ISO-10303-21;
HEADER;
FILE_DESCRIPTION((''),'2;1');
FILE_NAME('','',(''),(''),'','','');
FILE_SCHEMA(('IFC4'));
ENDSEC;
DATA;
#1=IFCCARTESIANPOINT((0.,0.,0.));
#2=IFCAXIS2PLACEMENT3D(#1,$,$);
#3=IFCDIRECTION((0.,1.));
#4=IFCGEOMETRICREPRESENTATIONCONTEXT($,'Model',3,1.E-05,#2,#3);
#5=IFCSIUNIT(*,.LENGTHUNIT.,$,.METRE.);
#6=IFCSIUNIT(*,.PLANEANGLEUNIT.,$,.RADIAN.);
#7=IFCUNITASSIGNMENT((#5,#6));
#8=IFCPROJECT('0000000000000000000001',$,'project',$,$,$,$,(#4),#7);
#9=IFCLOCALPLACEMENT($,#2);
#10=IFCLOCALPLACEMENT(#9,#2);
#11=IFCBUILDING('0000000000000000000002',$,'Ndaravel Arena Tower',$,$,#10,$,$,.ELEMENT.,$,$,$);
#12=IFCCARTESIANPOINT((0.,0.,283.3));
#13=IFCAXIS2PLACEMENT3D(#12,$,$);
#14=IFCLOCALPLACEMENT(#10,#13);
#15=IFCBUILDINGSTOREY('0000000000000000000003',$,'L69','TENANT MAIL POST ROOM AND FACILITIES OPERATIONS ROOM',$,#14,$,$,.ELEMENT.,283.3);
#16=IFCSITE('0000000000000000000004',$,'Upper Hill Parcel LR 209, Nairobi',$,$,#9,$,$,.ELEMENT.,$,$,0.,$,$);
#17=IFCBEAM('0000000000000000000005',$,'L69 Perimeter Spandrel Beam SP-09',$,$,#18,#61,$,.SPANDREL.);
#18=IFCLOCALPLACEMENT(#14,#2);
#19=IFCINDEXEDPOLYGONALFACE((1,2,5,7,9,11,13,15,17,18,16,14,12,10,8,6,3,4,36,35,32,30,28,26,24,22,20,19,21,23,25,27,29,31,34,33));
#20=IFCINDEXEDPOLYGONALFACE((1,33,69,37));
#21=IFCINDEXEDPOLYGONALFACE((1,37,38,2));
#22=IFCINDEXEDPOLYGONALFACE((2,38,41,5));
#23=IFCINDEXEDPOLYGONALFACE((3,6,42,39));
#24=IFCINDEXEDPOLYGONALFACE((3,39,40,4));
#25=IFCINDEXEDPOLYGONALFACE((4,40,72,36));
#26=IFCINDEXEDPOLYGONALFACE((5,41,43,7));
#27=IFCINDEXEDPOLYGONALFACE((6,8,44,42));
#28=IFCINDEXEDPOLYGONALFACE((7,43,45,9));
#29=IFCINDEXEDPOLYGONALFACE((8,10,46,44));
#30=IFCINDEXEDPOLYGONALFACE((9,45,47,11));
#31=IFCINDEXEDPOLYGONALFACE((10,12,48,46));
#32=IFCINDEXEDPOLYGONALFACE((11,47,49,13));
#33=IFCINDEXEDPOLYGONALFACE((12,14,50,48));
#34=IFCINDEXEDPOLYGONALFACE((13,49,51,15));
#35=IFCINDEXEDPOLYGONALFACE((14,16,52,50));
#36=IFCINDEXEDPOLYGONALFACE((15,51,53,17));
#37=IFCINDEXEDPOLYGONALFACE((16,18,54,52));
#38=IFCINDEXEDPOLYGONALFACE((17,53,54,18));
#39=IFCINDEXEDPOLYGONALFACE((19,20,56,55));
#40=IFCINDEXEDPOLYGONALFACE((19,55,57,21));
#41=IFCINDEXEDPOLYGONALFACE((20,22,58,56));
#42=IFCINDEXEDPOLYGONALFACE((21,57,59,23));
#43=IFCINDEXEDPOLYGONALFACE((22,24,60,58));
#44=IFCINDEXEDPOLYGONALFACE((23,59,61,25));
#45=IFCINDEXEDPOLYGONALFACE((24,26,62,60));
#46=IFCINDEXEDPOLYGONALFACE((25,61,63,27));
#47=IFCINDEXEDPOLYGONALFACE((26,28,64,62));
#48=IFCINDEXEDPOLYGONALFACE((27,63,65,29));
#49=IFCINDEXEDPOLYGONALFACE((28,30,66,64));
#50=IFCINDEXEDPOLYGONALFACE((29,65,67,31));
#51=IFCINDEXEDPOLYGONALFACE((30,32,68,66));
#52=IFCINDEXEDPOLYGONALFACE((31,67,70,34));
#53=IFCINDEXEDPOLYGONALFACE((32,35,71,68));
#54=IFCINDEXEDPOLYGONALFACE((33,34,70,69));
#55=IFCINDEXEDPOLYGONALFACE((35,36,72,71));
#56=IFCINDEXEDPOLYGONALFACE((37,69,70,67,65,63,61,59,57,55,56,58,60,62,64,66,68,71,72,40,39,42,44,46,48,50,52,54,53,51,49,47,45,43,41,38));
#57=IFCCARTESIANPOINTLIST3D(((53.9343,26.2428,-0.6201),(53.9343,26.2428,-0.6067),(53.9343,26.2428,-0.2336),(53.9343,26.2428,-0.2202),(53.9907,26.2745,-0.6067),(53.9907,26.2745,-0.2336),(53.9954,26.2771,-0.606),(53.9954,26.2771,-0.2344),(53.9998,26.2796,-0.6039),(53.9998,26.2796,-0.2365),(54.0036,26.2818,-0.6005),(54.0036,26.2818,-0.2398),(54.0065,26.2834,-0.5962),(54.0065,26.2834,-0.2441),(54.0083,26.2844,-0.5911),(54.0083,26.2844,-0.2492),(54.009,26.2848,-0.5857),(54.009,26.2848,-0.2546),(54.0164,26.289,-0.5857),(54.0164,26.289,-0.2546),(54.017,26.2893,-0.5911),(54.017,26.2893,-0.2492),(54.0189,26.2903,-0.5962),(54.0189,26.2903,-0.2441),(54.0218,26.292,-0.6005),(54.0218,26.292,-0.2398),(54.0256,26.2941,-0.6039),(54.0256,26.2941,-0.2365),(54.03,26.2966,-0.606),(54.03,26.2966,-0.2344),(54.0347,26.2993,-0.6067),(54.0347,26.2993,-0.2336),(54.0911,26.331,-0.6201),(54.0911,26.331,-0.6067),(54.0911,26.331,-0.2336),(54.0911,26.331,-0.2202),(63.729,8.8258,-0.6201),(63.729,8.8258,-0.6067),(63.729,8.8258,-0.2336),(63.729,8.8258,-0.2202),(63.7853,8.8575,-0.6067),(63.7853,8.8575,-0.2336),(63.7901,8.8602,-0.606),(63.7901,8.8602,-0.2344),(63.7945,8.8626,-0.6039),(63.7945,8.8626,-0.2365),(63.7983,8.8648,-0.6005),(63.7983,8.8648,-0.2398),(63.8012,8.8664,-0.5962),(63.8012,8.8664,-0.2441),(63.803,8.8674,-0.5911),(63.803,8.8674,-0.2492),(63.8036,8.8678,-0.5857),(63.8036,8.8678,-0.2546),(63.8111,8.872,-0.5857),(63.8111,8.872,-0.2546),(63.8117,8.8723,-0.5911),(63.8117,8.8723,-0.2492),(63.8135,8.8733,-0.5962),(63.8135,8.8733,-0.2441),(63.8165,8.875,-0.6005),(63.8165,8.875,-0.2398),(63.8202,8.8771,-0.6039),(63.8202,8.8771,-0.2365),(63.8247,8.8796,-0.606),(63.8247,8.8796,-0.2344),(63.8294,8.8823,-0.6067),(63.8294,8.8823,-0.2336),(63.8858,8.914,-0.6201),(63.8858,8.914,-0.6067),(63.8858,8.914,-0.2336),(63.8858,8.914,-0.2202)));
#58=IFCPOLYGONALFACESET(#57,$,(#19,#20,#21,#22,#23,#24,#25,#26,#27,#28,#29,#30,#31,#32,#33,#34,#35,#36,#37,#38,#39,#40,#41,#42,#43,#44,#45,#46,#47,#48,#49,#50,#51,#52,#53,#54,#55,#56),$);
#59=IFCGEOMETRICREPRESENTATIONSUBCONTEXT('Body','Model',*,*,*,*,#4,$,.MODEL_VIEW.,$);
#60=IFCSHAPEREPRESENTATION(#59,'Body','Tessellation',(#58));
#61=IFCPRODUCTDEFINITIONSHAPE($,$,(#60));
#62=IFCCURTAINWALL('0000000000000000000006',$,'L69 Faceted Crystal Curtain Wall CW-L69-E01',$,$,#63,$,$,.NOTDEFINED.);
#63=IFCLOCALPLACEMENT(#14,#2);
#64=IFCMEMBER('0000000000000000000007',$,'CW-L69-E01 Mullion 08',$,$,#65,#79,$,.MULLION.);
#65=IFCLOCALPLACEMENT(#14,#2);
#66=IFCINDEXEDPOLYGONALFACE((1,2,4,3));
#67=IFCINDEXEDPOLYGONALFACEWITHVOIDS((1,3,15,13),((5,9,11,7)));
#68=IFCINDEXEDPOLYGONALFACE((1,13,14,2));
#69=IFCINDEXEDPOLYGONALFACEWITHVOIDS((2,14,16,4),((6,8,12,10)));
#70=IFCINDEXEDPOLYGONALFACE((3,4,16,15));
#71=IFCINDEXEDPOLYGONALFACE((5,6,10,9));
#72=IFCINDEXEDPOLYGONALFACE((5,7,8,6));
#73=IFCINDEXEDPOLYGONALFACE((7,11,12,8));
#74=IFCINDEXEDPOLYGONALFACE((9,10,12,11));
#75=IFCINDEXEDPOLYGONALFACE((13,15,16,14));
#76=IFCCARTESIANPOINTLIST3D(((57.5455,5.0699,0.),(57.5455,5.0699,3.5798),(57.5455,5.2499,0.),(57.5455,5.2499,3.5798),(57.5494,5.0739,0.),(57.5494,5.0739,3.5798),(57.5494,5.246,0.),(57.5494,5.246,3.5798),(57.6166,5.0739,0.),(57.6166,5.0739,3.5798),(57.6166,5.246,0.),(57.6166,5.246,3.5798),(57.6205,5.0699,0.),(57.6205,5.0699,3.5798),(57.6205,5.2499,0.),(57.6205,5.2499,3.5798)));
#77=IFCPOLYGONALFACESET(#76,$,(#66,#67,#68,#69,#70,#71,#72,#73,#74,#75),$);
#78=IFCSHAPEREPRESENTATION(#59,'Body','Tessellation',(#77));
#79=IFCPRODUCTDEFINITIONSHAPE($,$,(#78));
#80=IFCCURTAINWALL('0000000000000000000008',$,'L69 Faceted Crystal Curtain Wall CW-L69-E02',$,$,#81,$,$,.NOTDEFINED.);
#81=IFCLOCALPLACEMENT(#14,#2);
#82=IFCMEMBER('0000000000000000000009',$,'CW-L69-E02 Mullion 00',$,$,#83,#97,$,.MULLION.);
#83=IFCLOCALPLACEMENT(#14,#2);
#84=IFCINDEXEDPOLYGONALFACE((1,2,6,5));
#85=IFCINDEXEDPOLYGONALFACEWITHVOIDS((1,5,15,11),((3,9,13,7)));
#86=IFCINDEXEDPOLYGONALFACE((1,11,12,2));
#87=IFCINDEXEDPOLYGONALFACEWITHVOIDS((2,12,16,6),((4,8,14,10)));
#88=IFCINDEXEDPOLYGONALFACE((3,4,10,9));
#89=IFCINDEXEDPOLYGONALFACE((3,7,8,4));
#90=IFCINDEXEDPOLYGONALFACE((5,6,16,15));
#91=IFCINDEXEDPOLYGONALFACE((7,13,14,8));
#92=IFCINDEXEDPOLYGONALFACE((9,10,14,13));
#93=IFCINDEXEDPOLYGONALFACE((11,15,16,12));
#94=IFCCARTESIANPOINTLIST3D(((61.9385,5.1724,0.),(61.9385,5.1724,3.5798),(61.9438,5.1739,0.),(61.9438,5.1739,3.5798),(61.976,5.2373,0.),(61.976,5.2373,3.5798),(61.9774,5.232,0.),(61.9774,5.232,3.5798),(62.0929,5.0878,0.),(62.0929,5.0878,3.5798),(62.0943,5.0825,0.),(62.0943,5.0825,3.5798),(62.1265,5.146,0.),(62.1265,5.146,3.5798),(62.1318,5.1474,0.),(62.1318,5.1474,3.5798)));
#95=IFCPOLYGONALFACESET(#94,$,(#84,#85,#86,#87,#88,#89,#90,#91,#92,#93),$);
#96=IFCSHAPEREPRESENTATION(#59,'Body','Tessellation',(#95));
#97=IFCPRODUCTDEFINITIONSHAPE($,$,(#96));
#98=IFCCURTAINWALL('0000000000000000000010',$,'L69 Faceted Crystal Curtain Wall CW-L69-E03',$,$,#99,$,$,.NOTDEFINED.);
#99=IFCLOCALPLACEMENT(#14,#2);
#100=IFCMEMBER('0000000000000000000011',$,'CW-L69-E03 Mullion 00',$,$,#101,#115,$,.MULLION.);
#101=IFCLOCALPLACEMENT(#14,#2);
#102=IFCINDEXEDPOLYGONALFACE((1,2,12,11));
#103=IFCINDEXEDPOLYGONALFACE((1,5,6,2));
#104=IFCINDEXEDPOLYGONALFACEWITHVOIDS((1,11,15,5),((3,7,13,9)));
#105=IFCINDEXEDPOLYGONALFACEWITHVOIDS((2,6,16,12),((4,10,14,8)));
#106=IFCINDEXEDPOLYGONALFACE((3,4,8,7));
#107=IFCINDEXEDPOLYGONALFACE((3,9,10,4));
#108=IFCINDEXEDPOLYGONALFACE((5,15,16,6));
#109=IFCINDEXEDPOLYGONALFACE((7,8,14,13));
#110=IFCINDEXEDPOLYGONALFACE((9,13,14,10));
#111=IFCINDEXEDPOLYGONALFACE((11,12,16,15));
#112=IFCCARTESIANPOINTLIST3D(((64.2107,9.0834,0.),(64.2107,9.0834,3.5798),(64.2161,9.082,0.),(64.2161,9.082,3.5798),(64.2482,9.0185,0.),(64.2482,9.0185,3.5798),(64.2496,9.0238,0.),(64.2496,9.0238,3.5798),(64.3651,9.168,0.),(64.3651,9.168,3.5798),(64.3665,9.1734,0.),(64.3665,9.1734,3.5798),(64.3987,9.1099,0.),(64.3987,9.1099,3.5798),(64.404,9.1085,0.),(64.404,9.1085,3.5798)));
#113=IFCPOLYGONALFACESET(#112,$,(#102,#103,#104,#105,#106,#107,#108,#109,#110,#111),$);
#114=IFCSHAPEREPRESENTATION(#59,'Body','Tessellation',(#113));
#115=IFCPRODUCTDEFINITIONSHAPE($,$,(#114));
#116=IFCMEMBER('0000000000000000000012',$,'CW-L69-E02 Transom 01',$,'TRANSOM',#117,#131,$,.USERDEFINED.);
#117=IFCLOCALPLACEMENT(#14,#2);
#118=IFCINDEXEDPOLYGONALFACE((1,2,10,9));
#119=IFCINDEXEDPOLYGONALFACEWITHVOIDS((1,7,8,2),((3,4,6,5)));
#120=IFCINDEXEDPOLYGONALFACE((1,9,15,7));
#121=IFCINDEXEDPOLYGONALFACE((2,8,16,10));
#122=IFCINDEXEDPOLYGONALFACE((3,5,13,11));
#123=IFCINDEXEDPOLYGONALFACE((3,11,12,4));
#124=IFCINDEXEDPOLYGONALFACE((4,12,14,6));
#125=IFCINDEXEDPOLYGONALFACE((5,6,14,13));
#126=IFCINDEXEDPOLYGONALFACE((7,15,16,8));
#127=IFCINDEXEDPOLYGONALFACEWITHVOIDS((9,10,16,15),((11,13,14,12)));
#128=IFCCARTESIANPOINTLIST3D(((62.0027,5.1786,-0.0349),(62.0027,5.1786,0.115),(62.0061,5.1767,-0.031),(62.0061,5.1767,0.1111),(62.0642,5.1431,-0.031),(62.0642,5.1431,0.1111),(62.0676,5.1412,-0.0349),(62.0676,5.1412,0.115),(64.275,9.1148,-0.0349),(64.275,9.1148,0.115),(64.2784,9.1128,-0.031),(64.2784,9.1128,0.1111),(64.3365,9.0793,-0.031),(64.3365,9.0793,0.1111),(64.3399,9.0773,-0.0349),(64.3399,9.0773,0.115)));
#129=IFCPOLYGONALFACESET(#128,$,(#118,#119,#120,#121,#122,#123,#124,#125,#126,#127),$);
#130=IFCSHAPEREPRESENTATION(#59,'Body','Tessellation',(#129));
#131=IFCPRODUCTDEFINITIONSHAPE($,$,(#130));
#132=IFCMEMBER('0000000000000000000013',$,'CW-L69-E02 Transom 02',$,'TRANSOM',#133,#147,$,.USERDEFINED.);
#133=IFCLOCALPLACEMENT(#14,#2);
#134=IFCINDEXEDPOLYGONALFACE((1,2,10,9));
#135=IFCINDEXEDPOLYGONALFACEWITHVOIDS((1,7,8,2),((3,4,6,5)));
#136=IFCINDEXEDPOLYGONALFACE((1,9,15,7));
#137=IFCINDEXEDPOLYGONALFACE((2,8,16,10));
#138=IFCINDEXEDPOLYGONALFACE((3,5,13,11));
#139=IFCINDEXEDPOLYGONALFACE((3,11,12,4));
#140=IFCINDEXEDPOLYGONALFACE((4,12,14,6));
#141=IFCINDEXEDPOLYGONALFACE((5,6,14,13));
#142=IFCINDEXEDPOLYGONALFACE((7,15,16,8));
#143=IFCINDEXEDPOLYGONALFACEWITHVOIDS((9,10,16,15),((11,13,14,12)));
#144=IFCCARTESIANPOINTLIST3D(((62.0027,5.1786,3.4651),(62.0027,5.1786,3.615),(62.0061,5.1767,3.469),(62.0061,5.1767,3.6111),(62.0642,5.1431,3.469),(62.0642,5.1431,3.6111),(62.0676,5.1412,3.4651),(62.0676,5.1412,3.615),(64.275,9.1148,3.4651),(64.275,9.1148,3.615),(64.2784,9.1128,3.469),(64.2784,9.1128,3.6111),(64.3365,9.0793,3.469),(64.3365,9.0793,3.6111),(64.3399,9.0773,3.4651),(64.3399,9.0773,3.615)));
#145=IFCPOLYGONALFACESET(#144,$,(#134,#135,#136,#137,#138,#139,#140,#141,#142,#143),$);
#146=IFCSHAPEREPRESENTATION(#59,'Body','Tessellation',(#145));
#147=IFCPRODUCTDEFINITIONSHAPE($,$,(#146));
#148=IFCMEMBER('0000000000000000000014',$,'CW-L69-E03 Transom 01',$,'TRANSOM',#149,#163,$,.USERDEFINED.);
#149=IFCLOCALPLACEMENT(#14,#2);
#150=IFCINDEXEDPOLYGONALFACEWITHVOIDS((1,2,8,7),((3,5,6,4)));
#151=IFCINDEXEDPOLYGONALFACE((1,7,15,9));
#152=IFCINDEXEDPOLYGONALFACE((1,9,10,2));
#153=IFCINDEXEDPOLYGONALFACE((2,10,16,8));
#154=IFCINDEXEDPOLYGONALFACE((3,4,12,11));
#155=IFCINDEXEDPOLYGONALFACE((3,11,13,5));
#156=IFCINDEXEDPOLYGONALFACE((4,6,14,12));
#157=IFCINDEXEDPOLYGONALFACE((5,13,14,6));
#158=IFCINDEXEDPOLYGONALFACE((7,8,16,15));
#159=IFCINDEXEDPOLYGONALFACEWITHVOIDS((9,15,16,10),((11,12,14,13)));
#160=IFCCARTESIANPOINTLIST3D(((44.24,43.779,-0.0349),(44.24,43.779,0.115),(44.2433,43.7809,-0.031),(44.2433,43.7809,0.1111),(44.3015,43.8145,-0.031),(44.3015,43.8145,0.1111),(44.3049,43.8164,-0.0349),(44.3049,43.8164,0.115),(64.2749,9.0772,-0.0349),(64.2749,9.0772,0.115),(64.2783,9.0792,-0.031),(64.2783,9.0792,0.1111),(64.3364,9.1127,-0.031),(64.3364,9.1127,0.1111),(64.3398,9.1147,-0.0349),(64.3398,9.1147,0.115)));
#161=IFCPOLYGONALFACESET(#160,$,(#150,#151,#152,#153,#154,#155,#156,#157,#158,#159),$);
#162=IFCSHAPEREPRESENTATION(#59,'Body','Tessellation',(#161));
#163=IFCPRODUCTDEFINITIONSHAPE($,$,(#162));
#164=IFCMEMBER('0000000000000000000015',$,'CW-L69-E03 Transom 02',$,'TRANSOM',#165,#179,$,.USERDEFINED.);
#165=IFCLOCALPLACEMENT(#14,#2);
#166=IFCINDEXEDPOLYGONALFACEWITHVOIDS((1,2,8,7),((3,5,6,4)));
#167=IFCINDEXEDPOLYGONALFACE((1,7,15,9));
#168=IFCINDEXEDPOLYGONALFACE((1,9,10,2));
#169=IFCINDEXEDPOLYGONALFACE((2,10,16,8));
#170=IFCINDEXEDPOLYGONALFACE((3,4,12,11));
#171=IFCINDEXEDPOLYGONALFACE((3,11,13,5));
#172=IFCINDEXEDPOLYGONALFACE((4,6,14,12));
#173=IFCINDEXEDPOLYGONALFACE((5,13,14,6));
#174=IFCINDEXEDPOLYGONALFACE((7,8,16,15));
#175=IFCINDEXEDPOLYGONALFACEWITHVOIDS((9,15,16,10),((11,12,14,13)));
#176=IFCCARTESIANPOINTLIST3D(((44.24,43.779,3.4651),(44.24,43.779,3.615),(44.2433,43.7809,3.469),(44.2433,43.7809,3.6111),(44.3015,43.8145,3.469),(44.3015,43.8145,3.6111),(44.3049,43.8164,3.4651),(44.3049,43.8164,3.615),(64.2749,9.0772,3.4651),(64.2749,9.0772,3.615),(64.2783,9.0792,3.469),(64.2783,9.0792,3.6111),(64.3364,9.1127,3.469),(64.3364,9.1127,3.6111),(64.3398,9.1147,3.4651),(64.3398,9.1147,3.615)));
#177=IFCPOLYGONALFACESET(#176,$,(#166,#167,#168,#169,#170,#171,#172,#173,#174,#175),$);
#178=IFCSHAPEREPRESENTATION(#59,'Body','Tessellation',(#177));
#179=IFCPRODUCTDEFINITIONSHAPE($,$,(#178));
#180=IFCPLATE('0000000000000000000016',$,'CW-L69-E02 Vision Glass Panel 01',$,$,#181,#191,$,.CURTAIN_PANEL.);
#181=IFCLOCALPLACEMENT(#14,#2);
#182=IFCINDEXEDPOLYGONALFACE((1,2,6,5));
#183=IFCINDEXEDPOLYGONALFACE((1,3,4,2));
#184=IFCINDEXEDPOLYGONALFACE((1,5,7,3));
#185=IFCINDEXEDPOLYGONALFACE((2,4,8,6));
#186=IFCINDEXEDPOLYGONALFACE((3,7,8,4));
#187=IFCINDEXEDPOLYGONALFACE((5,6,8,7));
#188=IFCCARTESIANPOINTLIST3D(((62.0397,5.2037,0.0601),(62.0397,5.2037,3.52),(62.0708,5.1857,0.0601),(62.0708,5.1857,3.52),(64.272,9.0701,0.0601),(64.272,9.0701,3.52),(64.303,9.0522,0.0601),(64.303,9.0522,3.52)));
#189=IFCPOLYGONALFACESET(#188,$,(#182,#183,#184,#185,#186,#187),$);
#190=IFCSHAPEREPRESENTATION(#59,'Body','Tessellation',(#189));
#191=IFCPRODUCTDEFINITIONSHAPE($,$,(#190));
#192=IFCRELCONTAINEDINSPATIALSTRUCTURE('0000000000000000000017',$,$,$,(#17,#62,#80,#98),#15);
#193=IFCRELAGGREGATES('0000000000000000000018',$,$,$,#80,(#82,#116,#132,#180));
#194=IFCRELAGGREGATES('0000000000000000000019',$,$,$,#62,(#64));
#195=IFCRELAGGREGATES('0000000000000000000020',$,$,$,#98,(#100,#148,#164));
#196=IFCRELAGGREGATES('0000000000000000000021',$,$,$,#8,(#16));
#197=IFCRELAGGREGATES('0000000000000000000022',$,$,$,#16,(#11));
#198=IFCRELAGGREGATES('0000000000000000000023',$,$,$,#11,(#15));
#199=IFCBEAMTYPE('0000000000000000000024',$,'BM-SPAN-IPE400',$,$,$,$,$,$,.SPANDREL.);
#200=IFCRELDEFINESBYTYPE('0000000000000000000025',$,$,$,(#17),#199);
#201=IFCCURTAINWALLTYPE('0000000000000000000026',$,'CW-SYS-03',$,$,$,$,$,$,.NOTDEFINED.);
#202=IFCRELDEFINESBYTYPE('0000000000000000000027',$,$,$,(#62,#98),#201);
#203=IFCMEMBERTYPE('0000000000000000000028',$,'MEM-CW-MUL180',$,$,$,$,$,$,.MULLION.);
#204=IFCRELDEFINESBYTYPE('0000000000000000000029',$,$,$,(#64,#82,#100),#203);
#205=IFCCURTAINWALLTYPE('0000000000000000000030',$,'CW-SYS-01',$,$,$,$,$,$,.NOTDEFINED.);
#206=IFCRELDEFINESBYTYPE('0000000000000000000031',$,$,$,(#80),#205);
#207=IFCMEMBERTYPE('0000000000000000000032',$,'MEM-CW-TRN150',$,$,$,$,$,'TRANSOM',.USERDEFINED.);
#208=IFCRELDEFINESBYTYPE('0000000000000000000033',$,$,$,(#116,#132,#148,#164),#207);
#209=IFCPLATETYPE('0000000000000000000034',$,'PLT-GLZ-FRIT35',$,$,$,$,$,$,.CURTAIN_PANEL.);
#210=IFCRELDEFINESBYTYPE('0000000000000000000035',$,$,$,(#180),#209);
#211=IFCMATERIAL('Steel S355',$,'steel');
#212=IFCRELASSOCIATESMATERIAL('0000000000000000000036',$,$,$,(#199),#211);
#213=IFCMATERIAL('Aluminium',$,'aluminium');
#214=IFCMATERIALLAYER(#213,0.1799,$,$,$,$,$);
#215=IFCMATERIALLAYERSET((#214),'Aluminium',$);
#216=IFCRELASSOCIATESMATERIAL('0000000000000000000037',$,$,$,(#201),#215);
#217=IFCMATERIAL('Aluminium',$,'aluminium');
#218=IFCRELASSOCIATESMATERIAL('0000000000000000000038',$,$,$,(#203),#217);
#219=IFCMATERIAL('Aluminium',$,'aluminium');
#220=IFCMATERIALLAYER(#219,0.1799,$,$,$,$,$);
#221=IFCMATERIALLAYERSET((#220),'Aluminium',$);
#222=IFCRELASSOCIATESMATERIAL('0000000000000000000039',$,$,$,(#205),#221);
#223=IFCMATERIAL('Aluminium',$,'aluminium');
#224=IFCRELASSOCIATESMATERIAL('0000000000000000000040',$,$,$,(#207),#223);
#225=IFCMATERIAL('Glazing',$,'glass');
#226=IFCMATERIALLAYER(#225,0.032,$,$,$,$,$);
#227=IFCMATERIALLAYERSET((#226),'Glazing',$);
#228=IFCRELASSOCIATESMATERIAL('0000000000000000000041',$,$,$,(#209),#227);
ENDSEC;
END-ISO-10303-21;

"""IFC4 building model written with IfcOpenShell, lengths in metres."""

from ifc_helpers import new_model, si_unit, direction, frame, origin, origin_2d, place, context, subcontext, project, spatial, rectangle, hollow_rectangle, i_section, extrude, material, layer, layer_set, material_profile, profile_set, type_object, element, aggregate, save


model = new_model("IFC4")

# Units and contexts
model_context = context("Model", 3, precision=1e-05, world=origin(), true_north=direction((0.0, 1.0)))
body_context = subcontext(model_context, "Body", "Model", "MODEL_VIEW")
ifc_project = project(units=[si_unit("LENGTHUNIT", "METRE"), si_unit("PLANEANGLEUNIT", "RADIAN")], contexts=[model_context])

# Site, building, storey
site_placement = place(None, origin())
site = spatial("IfcSite", under=ifc_project, at=site_placement, Name="Upper Hill Parcel LR 209, Nairobi", CompositionType="ELEMENT", RefElevation=0.0)
building_placement = place(site_placement, origin())
building = spatial("IfcBuilding", under=site, at=building_placement, Name="Ndaravel Arena Tower", CompositionType="ELEMENT")
storey_placement = place(building_placement, frame((0.0, 0.0, 283.3)))
storey = spatial("IfcBuildingStorey", under=building, at=storey_placement, Name="L69", Description="TENANT MAIL POST ROOM AND FACILITIES OPERATIONS ROOM", CompositionType="ELEMENT", Elevation=283.3)

# Beam
ifc_material_1 = material(Name="Steel S355", Category="steel")
ifc_material_profile_1 = material_profile(ifc_material_1, i_section(OverallWidth=0.1799, OverallDepth=0.3999, WebThickness=0.0085, FlangeThickness=0.0134, FilletRadius=0.021, at=origin_2d()), Name="IPE 400")
ifc_profile_set_1 = profile_set([ifc_material_profile_1], Name="Steel S355")
beam_type = type_object("IfcBeamType", Name="BM-SPAN-IPE400", PredefinedType="SPANDREL", material=ifc_profile_set_1)
beam_1_placement = place(storey_placement, frame((63.8074, 8.8699, -0.4202), z_axis=(-0.490171, 0.871626, 0.0), x_axis=(-0.871626, -0.490171, 0.0)))
element("IfcBeam", 1, at=beam_1_placement, inside=storey, type_object=beam_type, Name="L69 Perimeter Spandrel Beam SP-09", PredefinedType="SPANDREL", context=body_context, shape_type="SweptSolid", body=[
    extrude(i_section(OverallWidth=0.1799, OverallDepth=0.3999, WebThickness=0.0085, FlangeThickness=0.0134, FilletRadius=0.021, at=origin_2d()), origin(), (0.0, 0.0, 1.0), 19.9822),
])

# Curtain walls, members
ifc_material_2 = material(Name="Aluminium", Category="aluminium")
ifc_layer_1 = layer(ifc_material_2, 0.1799)
ifc_layer_set_1 = layer_set([ifc_layer_1], Name="Aluminium")
curtain_wall_type_1 = type_object("IfcCurtainWallType", Name="CW-SYS-03", PredefinedType="NOTDEFINED", material=ifc_layer_set_1)
curtain_wall_1_placement = place(storey_placement, origin())
curtain_wall_1 = element("IfcCurtainWall", 2, at=curtain_wall_1_placement, inside=storey, type_object=curtain_wall_type_1, Name="L69 Faceted Crystal Curtain Wall CW-L69-E01", PredefinedType="NOTDEFINED")
ifc_material_3 = material(Name="Aluminium", Category="aluminium")
ifc_material_profile_2 = material_profile(ifc_material_3, hollow_rectangle(XDim=0.075, YDim=0.1799, WallThickness=0.0039, at=origin_2d()), Name="CW MULLION 75x180x4")
ifc_profile_set_2 = profile_set([ifc_material_profile_2], Name="Aluminium")
member_type_1 = type_object("IfcMemberType", Name="MEM-CW-MUL180", PredefinedType="MULLION", material=ifc_profile_set_2)
member_1_placement = place(storey_placement, frame((57.583, 5.1599, 0.0), z_axis=(0.0, 0.0, 1.0), x_axis=(1.0, 0.0, 0.0)))
member_1 = element("IfcMember", 3, at=member_1_placement, type_object=member_type_1, Name="CW-L69-E01 Mullion 08", PredefinedType="MULLION", context=body_context, shape_type="SweptSolid", body=[
    extrude(hollow_rectangle(XDim=0.075, YDim=0.1799, WallThickness=0.0039, at=origin_2d()), origin(), (0.0, 0.0, 1.0), 3.5798),
])
ifc_material_4 = material(Name="Aluminium", Category="aluminium")
ifc_layer_2 = layer(ifc_material_4, 0.1799)
ifc_layer_set_2 = layer_set([ifc_layer_2], Name="Aluminium")
curtain_wall_type_2 = type_object("IfcCurtainWallType", Name="CW-SYS-01", PredefinedType="NOTDEFINED", material=ifc_layer_set_2)
curtain_wall_2_placement = place(storey_placement, origin())
curtain_wall_2 = element("IfcCurtainWall", 4, at=curtain_wall_2_placement, inside=storey, type_object=curtain_wall_type_2, Name="L69 Faceted Crystal Curtain Wall CW-L69-E02", PredefinedType="NOTDEFINED")
member_2_placement = place(storey_placement, frame((62.0352, 5.1599, 0.0), z_axis=(0.0, 0.0, 1.0), x_axis=(0.499985, 0.866034, 0.0)))
member_2 = element("IfcMember", 5, at=member_2_placement, type_object=member_type_1, Name="CW-L69-E02 Mullion 00", PredefinedType="MULLION", context=body_context, shape_type="SweptSolid", body=[
    extrude(hollow_rectangle(XDim=0.075, YDim=0.1799, WallThickness=0.0039, at=origin_2d()), origin(), (0.0, 0.0, 1.0), 3.5798),
])
curtain_wall_3_placement = place(storey_placement, origin())
curtain_wall_3 = element("IfcCurtainWall", 6, at=curtain_wall_3_placement, inside=storey, type_object=curtain_wall_type_1, Name="L69 Faceted Crystal Curtain Wall CW-L69-E03", PredefinedType="NOTDEFINED")
member_3_placement = place(storey_placement, frame((64.3074, 9.0959, 0.0), z_axis=(0.0, 0.0, 1.0), x_axis=(-0.5, 0.866025, 0.0)))
member_3 = element("IfcMember", 7, at=member_3_placement, type_object=member_type_1, Name="CW-L69-E03 Mullion 00", PredefinedType="MULLION", context=body_context, shape_type="SweptSolid", body=[
    extrude(hollow_rectangle(XDim=0.075, YDim=0.1799, WallThickness=0.0039, at=origin_2d()), origin(), (0.0, 0.0, 1.0), 3.5798),
])

# Members
ifc_material_5 = material(Name="Aluminium", Category="aluminium")
ifc_material_profile_3 = material_profile(ifc_material_5, hollow_rectangle(XDim=0.075, YDim=0.1499, WallThickness=0.0039, at=origin_2d()), Name="CW TRANSOM 75x150x4")
ifc_profile_set_3 = profile_set([ifc_material_profile_3], Name="Aluminium")
member_type_2 = type_object("IfcMemberType", Name="MEM-CW-TRN150", ElementType="TRANSOM", PredefinedType="USERDEFINED", material=ifc_profile_set_3)
member_4_placement = place(storey_placement, frame((62.0352, 5.1599, 0.04), z_axis=(0.499958, 0.86605, 0.0), x_axis=(-0.86605, 0.499958, 0.0)))
member_4 = element("IfcMember", 8, at=member_4_placement, type_object=member_type_2, Name="CW-L69-E02 Transom 01", ObjectType="TRANSOM", PredefinedType="USERDEFINED", context=body_context, shape_type="SweptSolid", body=[
    extrude(hollow_rectangle(XDim=0.075, YDim=0.1499, WallThickness=0.0039, at=origin_2d()), origin(), (0.0, 0.0, 1.0), 4.5449),
])
member_5_placement = place(storey_placement, frame((62.0352, 5.1599, 3.54), z_axis=(0.499958, 0.86605, 0.0), x_axis=(-0.86605, 0.499958, 0.0)))
member_5 = element("IfcMember", 9, at=member_5_placement, type_object=member_type_2, Name="CW-L69-E02 Transom 02", ObjectType="TRANSOM", PredefinedType="USERDEFINED", context=body_context, shape_type="SweptSolid", body=[
    extrude(hollow_rectangle(XDim=0.075, YDim=0.1499, WallThickness=0.0039, at=origin_2d()), origin(), (0.0, 0.0, 1.0), 4.5449),
])
member_6_placement = place(storey_placement, frame((64.3074, 9.0959, 0.04), z_axis=(-0.499998, 0.866026, 0.0), x_axis=(-0.866026, -0.499998, 0.0)))
member_6 = element("IfcMember", 10, at=member_6_placement, type_object=member_type_2, Name="CW-L69-E03 Transom 01", ObjectType="TRANSOM", PredefinedType="USERDEFINED", context=body_context, shape_type="SweptSolid", body=[
    extrude(hollow_rectangle(XDim=0.075, YDim=0.1499, WallThickness=0.0039, at=origin_2d()), origin(), (0.0, 0.0, 1.0), 40.0701),
])
member_7_placement = place(storey_placement, frame((64.3074, 9.0959, 3.54), z_axis=(-0.499998, 0.866026, 0.0), x_axis=(-0.866026, -0.499998, 0.0)))
member_7 = element("IfcMember", 11, at=member_7_placement, type_object=member_type_2, Name="CW-L69-E03 Transom 02", ObjectType="TRANSOM", PredefinedType="USERDEFINED", context=body_context, shape_type="SweptSolid", body=[
    extrude(hollow_rectangle(XDim=0.075, YDim=0.1499, WallThickness=0.0039, at=origin_2d()), origin(), (0.0, 0.0, 1.0), 40.0701),
])

# Plate
ifc_material_6 = material(Name="Glazing", Category="glass")
ifc_layer_3 = layer(ifc_material_6, 0.032)
ifc_layer_set_3 = layer_set([ifc_layer_3], Name="Glazing")
plate_type_1 = type_object("IfcPlateType", Name="PLT-GLZ-FRIT35", PredefinedType="CURTAIN_PANEL", material=ifc_layer_set_3)
plate_1_placement = place(storey_placement, frame((63.1714, 7.1279, 0.0601), z_axis=(0.0, 0.0, 1.0), x_axis=(0.499985, 0.866034, 0.0)))
plate_1 = element("IfcPlate", 12, at=plate_1_placement, type_object=plate_type_1, Name="CW-L69-E02 Vision Glass Panel 01", PredefinedType="CURTAIN_PANEL", context=body_context, shape_type="SweptSolid", body=[
    extrude(rectangle(XDim=4.4646, YDim=0.0359, at=origin_2d()), origin(), (0.0, 0.0, 1.0), 3.46),
])
aggregate(curtain_wall_2, [member_2, member_4, member_5, plate_1])
aggregate(curtain_wall_1, [member_1])
aggregate(curtain_wall_3, [member_3, member_6, member_7])

save(model, "model.ifc")
